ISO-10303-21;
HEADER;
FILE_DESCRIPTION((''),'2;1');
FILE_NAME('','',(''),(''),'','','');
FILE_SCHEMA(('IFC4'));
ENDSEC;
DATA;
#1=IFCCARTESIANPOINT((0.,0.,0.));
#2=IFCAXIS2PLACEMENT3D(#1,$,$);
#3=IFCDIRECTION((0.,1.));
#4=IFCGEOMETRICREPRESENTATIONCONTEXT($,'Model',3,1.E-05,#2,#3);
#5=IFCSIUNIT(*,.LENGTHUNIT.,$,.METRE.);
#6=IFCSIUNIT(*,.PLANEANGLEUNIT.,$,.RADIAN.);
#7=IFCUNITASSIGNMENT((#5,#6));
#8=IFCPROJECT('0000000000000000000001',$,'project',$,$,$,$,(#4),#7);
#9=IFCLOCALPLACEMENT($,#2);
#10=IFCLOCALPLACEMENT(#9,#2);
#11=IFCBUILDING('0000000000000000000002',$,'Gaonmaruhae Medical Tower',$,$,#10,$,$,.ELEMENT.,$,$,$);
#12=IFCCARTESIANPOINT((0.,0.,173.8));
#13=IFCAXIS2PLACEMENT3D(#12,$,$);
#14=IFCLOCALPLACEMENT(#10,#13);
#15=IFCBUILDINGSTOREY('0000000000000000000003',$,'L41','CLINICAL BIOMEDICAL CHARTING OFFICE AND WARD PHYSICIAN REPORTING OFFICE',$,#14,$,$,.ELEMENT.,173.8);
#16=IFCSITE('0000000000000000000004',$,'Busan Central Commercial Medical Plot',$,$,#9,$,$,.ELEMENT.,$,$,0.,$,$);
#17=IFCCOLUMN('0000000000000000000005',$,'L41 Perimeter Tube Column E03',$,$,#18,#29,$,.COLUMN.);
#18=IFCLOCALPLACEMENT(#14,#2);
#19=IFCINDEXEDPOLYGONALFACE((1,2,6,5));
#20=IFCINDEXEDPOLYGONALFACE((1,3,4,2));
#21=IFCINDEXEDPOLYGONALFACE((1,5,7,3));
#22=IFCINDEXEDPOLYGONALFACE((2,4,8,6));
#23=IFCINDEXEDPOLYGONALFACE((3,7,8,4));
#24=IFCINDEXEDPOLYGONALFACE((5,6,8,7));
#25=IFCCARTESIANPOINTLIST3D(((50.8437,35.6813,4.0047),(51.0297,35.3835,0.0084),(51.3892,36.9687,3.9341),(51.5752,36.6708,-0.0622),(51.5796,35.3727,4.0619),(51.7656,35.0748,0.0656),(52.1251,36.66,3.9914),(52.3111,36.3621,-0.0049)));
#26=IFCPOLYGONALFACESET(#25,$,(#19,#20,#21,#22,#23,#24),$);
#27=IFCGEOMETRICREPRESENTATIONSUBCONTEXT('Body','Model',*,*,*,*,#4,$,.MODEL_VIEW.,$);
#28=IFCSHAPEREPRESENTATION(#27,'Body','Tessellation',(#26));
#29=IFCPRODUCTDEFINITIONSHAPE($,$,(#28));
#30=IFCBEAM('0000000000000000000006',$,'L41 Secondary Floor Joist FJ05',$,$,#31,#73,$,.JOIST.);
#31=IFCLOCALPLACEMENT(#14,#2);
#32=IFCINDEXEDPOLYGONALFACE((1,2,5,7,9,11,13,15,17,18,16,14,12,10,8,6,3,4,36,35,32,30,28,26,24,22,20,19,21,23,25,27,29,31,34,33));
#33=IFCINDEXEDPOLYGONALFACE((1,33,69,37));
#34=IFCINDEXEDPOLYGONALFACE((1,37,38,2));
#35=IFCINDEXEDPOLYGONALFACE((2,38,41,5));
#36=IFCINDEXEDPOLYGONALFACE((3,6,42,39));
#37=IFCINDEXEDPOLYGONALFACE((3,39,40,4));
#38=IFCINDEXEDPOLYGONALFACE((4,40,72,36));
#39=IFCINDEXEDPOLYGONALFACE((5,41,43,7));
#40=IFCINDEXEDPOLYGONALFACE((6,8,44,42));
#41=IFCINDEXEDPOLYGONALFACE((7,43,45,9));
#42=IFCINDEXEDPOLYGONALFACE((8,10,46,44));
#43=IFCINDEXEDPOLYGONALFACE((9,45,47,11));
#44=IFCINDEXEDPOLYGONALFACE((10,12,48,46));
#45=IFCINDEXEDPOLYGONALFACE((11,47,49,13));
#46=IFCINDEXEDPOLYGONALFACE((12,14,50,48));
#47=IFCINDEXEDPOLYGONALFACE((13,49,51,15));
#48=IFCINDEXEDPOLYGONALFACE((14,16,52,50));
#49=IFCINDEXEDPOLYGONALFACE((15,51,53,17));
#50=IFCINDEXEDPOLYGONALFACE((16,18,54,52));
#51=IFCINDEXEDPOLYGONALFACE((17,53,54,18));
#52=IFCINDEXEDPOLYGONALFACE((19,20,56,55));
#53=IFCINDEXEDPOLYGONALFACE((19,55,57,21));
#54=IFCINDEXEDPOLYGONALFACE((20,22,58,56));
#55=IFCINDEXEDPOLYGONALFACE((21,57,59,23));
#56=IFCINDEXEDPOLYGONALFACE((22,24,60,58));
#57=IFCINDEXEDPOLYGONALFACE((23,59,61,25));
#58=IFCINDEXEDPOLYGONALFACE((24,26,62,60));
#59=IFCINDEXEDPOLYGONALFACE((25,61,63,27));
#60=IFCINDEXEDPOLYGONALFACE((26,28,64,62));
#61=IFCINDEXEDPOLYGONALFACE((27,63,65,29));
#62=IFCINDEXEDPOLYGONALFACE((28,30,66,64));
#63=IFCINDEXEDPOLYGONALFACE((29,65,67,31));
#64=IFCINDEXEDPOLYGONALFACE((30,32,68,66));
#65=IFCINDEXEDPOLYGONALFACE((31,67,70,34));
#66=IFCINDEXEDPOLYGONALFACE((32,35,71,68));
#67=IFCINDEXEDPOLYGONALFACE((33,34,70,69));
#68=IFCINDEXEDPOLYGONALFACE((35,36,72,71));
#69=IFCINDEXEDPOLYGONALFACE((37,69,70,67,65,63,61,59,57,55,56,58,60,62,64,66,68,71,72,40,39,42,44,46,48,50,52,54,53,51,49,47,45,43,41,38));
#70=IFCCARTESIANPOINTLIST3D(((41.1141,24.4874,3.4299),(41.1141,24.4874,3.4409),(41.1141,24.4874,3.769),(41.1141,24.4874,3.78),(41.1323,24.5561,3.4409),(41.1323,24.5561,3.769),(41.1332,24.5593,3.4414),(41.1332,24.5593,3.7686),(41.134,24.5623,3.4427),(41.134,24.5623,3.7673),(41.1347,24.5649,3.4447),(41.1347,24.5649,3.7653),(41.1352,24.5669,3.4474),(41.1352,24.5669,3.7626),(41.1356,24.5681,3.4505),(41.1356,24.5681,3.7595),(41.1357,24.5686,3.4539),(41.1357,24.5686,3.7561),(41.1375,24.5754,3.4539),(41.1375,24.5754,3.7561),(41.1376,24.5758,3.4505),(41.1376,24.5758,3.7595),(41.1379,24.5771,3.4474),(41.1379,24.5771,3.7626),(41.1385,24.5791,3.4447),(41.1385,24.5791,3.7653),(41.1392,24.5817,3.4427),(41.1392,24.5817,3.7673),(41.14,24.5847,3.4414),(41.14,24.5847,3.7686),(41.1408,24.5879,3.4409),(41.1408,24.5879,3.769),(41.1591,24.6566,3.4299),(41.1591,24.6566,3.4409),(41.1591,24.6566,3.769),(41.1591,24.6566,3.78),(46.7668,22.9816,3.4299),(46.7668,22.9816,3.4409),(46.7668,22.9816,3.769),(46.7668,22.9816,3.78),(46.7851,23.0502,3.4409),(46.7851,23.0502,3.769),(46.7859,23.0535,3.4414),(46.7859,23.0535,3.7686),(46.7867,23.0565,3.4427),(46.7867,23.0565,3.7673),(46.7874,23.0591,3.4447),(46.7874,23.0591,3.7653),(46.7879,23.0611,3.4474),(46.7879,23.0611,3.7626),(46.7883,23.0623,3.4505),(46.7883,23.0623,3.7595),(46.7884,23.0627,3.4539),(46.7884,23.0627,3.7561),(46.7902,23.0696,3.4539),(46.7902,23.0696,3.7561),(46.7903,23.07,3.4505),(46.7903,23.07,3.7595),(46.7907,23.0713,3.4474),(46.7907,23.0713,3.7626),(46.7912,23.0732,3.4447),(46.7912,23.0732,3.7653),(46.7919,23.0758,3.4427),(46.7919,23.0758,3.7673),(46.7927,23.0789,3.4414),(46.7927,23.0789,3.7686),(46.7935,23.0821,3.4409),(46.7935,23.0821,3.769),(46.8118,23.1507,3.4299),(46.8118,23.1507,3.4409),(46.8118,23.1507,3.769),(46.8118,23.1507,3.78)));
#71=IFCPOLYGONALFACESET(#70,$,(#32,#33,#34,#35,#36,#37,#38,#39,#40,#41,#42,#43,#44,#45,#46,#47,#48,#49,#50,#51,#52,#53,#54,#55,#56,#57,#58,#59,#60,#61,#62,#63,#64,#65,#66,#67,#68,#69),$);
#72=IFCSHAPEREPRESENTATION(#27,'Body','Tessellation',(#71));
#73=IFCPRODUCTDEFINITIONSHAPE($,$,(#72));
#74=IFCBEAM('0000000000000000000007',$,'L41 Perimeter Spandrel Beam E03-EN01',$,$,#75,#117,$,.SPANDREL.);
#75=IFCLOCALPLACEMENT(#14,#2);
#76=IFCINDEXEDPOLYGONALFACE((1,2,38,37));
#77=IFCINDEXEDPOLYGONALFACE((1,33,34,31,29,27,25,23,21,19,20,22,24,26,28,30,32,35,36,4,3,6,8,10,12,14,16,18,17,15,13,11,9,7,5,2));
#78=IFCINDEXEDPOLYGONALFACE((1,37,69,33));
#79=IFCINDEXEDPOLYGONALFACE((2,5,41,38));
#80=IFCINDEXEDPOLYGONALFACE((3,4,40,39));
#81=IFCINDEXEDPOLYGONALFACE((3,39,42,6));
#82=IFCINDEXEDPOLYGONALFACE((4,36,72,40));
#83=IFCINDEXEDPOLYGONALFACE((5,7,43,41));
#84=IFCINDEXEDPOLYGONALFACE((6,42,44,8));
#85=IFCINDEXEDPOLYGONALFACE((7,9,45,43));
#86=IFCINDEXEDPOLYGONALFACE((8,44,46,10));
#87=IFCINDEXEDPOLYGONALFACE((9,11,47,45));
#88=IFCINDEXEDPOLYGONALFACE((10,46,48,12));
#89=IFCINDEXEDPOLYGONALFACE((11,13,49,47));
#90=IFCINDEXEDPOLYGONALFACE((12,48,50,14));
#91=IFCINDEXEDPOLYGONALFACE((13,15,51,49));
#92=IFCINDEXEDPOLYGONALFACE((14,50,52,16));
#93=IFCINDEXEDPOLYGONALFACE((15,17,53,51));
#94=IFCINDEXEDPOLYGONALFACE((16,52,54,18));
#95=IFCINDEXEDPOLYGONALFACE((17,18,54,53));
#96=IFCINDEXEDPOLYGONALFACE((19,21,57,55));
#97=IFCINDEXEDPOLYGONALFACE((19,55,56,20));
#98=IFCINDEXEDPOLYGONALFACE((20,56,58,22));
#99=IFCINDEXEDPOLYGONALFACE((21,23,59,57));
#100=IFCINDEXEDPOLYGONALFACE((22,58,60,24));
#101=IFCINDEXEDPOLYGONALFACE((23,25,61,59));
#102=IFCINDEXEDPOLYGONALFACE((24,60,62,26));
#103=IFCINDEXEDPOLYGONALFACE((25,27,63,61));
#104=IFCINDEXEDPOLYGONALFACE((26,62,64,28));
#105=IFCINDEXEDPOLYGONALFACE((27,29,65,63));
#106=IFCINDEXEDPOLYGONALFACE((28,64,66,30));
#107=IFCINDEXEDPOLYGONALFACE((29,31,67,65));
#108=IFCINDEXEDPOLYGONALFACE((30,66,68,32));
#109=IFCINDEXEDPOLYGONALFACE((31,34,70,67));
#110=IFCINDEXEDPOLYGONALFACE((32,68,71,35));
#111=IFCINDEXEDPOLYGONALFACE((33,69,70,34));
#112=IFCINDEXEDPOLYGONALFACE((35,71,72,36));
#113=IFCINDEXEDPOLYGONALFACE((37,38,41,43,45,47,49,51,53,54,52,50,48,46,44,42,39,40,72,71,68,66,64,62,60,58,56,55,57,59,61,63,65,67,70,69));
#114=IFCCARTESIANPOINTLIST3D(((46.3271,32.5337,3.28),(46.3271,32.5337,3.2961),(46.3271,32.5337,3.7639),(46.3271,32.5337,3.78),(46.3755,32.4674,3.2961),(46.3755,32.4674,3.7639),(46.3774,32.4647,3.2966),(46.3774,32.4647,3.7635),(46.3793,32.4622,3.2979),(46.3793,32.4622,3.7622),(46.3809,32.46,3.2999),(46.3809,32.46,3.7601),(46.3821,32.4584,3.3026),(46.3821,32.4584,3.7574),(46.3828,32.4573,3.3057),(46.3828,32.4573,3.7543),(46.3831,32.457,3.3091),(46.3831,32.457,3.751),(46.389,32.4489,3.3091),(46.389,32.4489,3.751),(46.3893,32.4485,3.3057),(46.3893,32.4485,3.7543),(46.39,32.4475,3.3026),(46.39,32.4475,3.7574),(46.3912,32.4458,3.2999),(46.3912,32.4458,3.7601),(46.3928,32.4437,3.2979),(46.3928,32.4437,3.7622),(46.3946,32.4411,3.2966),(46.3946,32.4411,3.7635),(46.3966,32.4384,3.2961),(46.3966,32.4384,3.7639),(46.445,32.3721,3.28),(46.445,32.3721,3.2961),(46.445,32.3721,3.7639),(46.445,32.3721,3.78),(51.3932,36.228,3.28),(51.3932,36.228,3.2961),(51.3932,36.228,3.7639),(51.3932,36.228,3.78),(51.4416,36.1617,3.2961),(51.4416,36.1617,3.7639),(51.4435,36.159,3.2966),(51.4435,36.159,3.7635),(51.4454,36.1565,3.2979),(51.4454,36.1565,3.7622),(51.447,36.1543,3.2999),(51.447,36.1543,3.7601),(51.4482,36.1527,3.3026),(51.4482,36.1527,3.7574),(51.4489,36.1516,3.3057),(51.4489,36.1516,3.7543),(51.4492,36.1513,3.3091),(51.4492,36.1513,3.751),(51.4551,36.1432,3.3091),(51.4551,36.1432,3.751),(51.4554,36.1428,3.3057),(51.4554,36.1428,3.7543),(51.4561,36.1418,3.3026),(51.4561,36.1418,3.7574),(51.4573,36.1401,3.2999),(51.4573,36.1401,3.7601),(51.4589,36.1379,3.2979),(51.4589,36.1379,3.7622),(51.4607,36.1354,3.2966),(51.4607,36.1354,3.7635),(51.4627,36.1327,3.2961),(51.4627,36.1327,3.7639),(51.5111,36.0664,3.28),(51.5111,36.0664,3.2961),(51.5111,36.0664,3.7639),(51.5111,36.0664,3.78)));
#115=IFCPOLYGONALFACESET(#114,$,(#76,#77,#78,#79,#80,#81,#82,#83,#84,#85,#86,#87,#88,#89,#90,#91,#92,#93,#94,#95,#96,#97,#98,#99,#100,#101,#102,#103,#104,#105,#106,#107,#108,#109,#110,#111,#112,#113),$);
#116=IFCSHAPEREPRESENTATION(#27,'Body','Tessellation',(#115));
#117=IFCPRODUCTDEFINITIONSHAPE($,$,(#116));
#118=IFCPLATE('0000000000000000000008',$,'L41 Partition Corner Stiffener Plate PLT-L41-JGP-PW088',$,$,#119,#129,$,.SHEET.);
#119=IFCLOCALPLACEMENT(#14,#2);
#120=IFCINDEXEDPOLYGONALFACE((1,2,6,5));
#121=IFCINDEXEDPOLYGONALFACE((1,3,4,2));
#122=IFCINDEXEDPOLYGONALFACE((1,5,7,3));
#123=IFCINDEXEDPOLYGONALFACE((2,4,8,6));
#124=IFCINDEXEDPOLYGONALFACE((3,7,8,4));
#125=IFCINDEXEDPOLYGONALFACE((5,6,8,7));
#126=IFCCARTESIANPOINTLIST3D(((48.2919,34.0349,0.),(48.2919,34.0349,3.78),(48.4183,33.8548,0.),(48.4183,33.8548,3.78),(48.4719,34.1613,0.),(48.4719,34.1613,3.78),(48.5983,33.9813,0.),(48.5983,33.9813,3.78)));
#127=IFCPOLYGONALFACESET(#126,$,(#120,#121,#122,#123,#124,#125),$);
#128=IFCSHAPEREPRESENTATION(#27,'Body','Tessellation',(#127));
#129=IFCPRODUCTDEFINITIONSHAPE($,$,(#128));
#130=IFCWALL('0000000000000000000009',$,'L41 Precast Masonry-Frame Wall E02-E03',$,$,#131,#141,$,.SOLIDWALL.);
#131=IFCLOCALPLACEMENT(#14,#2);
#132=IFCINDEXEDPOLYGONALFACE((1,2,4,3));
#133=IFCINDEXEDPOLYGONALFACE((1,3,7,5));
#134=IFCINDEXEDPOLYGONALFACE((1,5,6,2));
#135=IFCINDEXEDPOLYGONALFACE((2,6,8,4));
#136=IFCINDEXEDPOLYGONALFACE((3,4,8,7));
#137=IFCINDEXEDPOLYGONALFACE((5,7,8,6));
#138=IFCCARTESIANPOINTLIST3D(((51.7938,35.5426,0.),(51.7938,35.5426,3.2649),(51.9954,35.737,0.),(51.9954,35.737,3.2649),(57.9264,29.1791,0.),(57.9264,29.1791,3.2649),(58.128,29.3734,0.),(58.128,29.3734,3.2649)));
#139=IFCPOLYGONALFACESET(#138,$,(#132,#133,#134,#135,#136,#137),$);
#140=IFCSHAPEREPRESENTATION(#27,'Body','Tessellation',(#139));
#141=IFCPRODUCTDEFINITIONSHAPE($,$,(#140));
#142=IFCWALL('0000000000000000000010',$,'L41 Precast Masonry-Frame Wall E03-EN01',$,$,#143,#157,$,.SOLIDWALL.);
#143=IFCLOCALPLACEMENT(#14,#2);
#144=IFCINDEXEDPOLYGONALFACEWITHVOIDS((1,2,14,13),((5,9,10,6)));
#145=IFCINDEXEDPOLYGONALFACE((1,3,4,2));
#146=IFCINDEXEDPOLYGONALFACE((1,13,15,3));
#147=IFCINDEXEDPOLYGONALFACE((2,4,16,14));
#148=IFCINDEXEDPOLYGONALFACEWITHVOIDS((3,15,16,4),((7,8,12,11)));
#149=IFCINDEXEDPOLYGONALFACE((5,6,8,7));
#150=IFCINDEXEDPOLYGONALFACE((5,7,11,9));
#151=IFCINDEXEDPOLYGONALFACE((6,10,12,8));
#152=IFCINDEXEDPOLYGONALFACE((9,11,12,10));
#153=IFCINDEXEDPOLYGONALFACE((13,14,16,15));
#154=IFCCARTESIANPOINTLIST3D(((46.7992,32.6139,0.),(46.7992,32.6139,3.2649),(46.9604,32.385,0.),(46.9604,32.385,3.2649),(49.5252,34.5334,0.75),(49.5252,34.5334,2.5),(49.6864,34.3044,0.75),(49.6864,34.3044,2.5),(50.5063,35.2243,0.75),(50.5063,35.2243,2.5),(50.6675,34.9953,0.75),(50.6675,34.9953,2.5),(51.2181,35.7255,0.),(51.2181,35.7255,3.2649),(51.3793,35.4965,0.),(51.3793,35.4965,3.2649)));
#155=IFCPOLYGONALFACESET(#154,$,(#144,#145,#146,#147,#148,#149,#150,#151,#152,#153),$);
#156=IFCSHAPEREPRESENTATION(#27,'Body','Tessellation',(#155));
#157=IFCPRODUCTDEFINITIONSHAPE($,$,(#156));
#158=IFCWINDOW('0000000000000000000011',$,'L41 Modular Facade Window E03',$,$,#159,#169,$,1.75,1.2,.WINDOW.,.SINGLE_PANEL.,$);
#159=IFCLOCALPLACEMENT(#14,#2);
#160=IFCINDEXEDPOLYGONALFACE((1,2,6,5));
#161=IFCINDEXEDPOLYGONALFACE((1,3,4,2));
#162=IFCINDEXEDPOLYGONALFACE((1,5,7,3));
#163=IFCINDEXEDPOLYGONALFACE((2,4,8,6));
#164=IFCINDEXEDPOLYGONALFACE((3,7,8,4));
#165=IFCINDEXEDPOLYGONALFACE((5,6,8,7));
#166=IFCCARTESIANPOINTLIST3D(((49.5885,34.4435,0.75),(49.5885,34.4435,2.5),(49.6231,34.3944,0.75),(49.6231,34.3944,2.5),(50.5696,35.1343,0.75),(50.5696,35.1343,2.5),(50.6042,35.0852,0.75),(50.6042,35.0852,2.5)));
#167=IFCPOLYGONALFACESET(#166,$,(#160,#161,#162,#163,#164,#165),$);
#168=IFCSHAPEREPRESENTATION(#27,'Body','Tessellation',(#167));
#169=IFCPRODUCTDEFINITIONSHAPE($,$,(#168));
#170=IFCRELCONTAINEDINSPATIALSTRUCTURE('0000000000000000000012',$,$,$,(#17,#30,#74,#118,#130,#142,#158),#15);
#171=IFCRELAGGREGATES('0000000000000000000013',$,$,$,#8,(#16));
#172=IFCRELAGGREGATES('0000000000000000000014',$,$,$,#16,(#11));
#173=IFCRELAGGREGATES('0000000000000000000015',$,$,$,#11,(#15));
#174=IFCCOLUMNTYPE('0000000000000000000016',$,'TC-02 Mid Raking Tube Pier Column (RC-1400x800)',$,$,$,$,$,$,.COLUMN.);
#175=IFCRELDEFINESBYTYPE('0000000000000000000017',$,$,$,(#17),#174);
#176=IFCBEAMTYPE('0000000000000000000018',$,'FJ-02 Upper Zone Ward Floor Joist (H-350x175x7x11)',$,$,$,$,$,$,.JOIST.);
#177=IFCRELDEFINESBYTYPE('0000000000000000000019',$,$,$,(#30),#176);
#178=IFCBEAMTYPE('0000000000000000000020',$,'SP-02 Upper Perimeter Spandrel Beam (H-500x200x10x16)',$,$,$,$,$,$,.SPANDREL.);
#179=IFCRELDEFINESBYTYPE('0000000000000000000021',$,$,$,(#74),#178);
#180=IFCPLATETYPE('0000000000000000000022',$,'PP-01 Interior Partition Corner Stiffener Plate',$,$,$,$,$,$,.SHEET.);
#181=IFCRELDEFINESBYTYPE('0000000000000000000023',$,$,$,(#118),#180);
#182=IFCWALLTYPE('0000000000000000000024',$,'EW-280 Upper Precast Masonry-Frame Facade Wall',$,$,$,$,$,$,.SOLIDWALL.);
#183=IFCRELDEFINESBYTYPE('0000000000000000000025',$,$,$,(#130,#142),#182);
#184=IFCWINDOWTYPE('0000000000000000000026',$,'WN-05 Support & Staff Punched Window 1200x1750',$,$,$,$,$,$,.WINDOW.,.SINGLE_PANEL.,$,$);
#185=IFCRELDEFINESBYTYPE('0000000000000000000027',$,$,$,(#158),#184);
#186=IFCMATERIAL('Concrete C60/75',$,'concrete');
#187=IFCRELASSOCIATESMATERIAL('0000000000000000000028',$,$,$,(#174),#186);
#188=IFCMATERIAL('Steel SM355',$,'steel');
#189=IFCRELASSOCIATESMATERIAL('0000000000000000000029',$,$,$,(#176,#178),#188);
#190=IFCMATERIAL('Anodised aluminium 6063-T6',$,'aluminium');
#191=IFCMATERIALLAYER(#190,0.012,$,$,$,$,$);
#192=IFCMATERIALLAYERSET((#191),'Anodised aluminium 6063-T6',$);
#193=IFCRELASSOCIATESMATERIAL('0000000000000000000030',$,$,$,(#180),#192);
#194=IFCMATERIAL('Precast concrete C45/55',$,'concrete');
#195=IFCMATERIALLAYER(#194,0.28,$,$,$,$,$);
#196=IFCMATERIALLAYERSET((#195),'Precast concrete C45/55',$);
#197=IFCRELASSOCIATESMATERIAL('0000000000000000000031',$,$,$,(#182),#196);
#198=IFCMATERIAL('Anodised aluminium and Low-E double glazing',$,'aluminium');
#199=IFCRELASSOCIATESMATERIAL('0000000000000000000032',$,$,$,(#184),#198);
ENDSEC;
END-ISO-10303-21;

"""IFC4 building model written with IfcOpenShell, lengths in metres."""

from ifc_helpers import new_model, si_unit, direction, frame, frame_2d, origin, origin_2d, place, context, subcontext, project, spatial, rectangle, i_section, extrude, material, layer, layer_set, material_profile, profile_set, type_object, element, fill, save


model = new_model("IFC4")

# Units and contexts
model_context = context("Model", 3, precision=1e-05, world=origin(), true_north=direction((0.0, 1.0)))
body_context = subcontext(model_context, "Body", "Model", "MODEL_VIEW")
ifc_project = project(units=[si_unit("LENGTHUNIT", "METRE"), si_unit("PLANEANGLEUNIT", "RADIAN")], contexts=[model_context])

# Site, building, storey
site_placement = place(None, origin())
site = spatial("IfcSite", under=ifc_project, at=site_placement, Name="Busan Central Commercial Medical Plot", CompositionType="ELEMENT", RefElevation=0.0)
building_placement = place(site_placement, origin())
building = spatial("IfcBuilding", under=site, at=building_placement, Name="Gaonmaruhae Medical Tower", CompositionType="ELEMENT")
storey_placement = place(building_placement, frame((0.0, 0.0, 173.8)))
storey = spatial("IfcBuildingStorey", under=building, at=storey_placement, Name="L41", Description="CLINICAL BIOMEDICAL CHARTING OFFICE AND WARD PHYSICIAN REPORTING OFFICE", CompositionType="ELEMENT", Elevation=173.8)

# Column
ifc_material_1 = material(Name="Concrete C60/75", Category="concrete")
ifc_material_profile_1 = material_profile(ifc_material_1, rectangle(XDim=1.3999, YDim=0.8, at=origin_2d()), Name="RC-1400x800")
ifc_profile_set_1 = profile_set([ifc_material_profile_1], Name="Concrete C60/75")
column_type = type_object("IfcColumnType", Name="TC-02 Mid Raking Tube Pier Column (RC-1400x800)", PredefinedType="COLUMN", material=ifc_profile_set_1)
column_placement = place(storey_placement, frame((51.6704, 35.8728, 0.0017), z_axis=(-0.046373, 0.074245, 0.996161), x_axis=(-0.389676, -0.919572, 0.050397)))
element("IfcColumn", 1, at=column_placement, inside=storey, type_object=column_type, Name="L41 Perimeter Tube Column E03", PredefinedType="COLUMN", context=body_context, shape_type="SweptSolid", body=[
    extrude(rectangle(XDim=1.3999, YDim=0.8, at=origin_2d()), origin(), (0.0, 0.0, 1.0), 4.0117),
])

# Beams
ifc_material_2 = material(Name="Steel SM355", Category="steel")
ifc_material_profile_2 = material_profile(ifc_material_2, i_section(OverallWidth=0.175, OverallDepth=0.3501, WebThickness=0.0071, FlangeThickness=0.011, FilletRadius=0.0129, at=origin_2d()), Name="H-350x175x7x11")
ifc_profile_set_2 = profile_set([ifc_material_profile_2], Name="Steel SM355")
beam_type_1 = type_object("IfcBeamType", Name="FJ-02 Upper Zone Ward Floor Joist (H-350x175x7x11)", PredefinedType="JOIST", material=ifc_profile_set_2)
beam_1_placement = place(storey_placement, frame((46.7893, 23.0662, 3.605), z_axis=(-0.966301, 0.257413, 0.0), x_axis=(-0.257413, -0.966301, 0.0)))
element("IfcBeam", 2, at=beam_1_placement, inside=storey, type_object=beam_type_1, Name="L41 Secondary Floor Joist FJ05", PredefinedType="JOIST", context=body_context, shape_type="SweptSolid", body=[
    extrude(i_section(OverallWidth=0.175, OverallDepth=0.3501, WebThickness=0.0071, FlangeThickness=0.011, FilletRadius=0.0129, at=origin_2d()), origin(), (0.0, 0.0, 1.0), 5.8499),
])
ifc_material_profile_3 = material_profile(ifc_material_2, i_section(OverallWidth=0.2, OverallDepth=0.5, WebThickness=0.01, FlangeThickness=0.0161, FilletRadius=0.0129, at=origin_2d()), Name="H-500x200x10x16")
ifc_profile_set_3 = profile_set([ifc_material_profile_3], Name="Steel SM355")
beam_type_2 = type_object("IfcBeamType", Name="SP-02 Upper Perimeter Spandrel Beam (H-500x200x10x16)", PredefinedType="SPANDREL", material=ifc_profile_set_3)
beam_2_placement = place(storey_placement, frame((51.4521, 36.1472, 3.53), z_axis=(-0.807988, -0.589199, 0.0), x_axis=(0.589199, -0.807988, 0.0)))
element("IfcBeam", 3, at=beam_2_placement, inside=storey, type_object=beam_type_2, Name="L41 Perimeter Spandrel Beam E03-EN01", PredefinedType="SPANDREL", context=body_context, shape_type="SweptSolid", body=[
    extrude(i_section(OverallWidth=0.2, OverallDepth=0.5, WebThickness=0.01, FlangeThickness=0.0161, FilletRadius=0.0129, at=origin_2d()), origin(), (0.0, 0.0, 1.0), 6.27),
])

# Plate
ifc_material_3 = material(Name="Anodised aluminium 6063-T6", Category="aluminium")
ifc_layer_1 = layer(ifc_material_3, 0.012)
ifc_layer_set_1 = layer_set([ifc_layer_1], Name="Anodised aluminium 6063-T6")
plate_type = type_object("IfcPlateType", Name="PP-01 Interior Partition Corner Stiffener Plate", PredefinedType="SHEET", material=ifc_layer_set_1)
plate_placement = place(storey_placement, frame((48.4451, 34.0081, 0.0), z_axis=(0.0, 0.0, 1.0), x_axis=(0.574691, -0.81837, 0.0)))
element("IfcPlate", 4, at=plate_placement, inside=storey, type_object=plate_type, Name="L41 Partition Corner Stiffener Plate PLT-L41-JGP-PW088", PredefinedType="SHEET", context=body_context, shape_type="SweptSolid", body=[
    extrude(rectangle(XDim=0.22, YDim=0.22, at=origin_2d()), origin(), (0.0, 0.0, 1.0), 3.78),
])

# Wall
ifc_material_4 = material(Name="Precast concrete C45/55", Category="concrete")
ifc_layer_2 = layer(ifc_material_4, 0.28)
ifc_layer_set_2 = layer_set([ifc_layer_2], Name="Precast concrete C45/55")
wall_type_1 = type_object("IfcWallType", Name="EW-280 Upper Precast Masonry-Frame Facade Wall", PredefinedType="SOLIDWALL", material=ifc_layer_set_2)
wall_1_placement = place(storey_placement, frame((51.8945, 35.6399, 0.0), z_axis=(0.0, 0.0, 1.0), x_axis=(0.693919, -0.720053, 0.0)))
element("IfcWall", 5, at=wall_1_placement, inside=storey, type_object=wall_type_1, Name="L41 Precast Masonry-Frame Wall E02-E03", PredefinedType="SOLIDWALL", context=body_context, shape_type="SweptSolid", body=[
    extrude(rectangle(XDim=8.8376, YDim=0.28, at=frame_2d((4.4189, 0.0))), origin(), (0.0, 0.0, 1.0), 3.2649),
])

# Wall, opening, window
wall_2_placement = place(storey_placement, frame((46.8799, 32.4995, 0.0), z_axis=(0.0, 0.0, 1.0), x_axis=(0.817637, 0.575734, 0.0)))
wall_2 = element("IfcWall", 6, at=wall_2_placement, inside=storey, type_object=wall_type_1, Name="L41 Precast Masonry-Frame Wall E03-EN01", PredefinedType="SOLIDWALL", context=body_context, shape_type="SweptSolid", body=[
    extrude(rectangle(XDim=5.4045, YDim=0.28, at=frame_2d((2.7021, 0.0))), origin(), (0.0, 0.0, 1.0), 3.2649),
])
opening_1_placement = place(wall_2_placement, frame((3.3337, 0.0, 0.75)))
opening_1 = element("IfcOpeningElement", 7, at=opening_1_placement, cuts=wall_2, PredefinedType="OPENING", context=body_context, shape_type="SweptSolid", body=[
    extrude(rectangle(XDim=1.2, YDim=1.75, at=frame_2d((0.6001, 0.875))), frame((0.0, 0.1499, 0.0), z_axis=(0.0, -1.0, 0.0), x_axis=(1.0, 0.0, 0.0)), (0.0, 0.0, 1.0), 0.3),
])
ifc_material_5 = material(Name="Anodised aluminium and Low-E double glazing", Category="aluminium")
window_type = type_object("IfcWindowType", Name="WN-05 Support & Staff Punched Window 1200x1750", PartitioningType="SINGLE_PANEL", PredefinedType="WINDOW", material=ifc_material_5)
window_placement = place(opening_1_placement, origin())
window = element("IfcWindow", 8, at=window_placement, inside=storey, type_object=window_type, Name="L41 Modular Facade Window E03", OverallHeight=1.75, OverallWidth=1.2, PartitioningType="SINGLE_PANEL", PredefinedType="WINDOW", context=body_context, shape_type="SweptSolid", body=[
    extrude(rectangle(XDim=1.2, YDim=1.75, at=frame_2d((0.6001, 0.875))), frame((0.0, 0.03, 0.0), z_axis=(0.0, -1.0, 0.0), x_axis=(1.0, 0.0, 0.0)), (0.0, 0.0, 1.0), 0.0601),
])
fill(opening_1, window)

save(model, "model.ifc")
